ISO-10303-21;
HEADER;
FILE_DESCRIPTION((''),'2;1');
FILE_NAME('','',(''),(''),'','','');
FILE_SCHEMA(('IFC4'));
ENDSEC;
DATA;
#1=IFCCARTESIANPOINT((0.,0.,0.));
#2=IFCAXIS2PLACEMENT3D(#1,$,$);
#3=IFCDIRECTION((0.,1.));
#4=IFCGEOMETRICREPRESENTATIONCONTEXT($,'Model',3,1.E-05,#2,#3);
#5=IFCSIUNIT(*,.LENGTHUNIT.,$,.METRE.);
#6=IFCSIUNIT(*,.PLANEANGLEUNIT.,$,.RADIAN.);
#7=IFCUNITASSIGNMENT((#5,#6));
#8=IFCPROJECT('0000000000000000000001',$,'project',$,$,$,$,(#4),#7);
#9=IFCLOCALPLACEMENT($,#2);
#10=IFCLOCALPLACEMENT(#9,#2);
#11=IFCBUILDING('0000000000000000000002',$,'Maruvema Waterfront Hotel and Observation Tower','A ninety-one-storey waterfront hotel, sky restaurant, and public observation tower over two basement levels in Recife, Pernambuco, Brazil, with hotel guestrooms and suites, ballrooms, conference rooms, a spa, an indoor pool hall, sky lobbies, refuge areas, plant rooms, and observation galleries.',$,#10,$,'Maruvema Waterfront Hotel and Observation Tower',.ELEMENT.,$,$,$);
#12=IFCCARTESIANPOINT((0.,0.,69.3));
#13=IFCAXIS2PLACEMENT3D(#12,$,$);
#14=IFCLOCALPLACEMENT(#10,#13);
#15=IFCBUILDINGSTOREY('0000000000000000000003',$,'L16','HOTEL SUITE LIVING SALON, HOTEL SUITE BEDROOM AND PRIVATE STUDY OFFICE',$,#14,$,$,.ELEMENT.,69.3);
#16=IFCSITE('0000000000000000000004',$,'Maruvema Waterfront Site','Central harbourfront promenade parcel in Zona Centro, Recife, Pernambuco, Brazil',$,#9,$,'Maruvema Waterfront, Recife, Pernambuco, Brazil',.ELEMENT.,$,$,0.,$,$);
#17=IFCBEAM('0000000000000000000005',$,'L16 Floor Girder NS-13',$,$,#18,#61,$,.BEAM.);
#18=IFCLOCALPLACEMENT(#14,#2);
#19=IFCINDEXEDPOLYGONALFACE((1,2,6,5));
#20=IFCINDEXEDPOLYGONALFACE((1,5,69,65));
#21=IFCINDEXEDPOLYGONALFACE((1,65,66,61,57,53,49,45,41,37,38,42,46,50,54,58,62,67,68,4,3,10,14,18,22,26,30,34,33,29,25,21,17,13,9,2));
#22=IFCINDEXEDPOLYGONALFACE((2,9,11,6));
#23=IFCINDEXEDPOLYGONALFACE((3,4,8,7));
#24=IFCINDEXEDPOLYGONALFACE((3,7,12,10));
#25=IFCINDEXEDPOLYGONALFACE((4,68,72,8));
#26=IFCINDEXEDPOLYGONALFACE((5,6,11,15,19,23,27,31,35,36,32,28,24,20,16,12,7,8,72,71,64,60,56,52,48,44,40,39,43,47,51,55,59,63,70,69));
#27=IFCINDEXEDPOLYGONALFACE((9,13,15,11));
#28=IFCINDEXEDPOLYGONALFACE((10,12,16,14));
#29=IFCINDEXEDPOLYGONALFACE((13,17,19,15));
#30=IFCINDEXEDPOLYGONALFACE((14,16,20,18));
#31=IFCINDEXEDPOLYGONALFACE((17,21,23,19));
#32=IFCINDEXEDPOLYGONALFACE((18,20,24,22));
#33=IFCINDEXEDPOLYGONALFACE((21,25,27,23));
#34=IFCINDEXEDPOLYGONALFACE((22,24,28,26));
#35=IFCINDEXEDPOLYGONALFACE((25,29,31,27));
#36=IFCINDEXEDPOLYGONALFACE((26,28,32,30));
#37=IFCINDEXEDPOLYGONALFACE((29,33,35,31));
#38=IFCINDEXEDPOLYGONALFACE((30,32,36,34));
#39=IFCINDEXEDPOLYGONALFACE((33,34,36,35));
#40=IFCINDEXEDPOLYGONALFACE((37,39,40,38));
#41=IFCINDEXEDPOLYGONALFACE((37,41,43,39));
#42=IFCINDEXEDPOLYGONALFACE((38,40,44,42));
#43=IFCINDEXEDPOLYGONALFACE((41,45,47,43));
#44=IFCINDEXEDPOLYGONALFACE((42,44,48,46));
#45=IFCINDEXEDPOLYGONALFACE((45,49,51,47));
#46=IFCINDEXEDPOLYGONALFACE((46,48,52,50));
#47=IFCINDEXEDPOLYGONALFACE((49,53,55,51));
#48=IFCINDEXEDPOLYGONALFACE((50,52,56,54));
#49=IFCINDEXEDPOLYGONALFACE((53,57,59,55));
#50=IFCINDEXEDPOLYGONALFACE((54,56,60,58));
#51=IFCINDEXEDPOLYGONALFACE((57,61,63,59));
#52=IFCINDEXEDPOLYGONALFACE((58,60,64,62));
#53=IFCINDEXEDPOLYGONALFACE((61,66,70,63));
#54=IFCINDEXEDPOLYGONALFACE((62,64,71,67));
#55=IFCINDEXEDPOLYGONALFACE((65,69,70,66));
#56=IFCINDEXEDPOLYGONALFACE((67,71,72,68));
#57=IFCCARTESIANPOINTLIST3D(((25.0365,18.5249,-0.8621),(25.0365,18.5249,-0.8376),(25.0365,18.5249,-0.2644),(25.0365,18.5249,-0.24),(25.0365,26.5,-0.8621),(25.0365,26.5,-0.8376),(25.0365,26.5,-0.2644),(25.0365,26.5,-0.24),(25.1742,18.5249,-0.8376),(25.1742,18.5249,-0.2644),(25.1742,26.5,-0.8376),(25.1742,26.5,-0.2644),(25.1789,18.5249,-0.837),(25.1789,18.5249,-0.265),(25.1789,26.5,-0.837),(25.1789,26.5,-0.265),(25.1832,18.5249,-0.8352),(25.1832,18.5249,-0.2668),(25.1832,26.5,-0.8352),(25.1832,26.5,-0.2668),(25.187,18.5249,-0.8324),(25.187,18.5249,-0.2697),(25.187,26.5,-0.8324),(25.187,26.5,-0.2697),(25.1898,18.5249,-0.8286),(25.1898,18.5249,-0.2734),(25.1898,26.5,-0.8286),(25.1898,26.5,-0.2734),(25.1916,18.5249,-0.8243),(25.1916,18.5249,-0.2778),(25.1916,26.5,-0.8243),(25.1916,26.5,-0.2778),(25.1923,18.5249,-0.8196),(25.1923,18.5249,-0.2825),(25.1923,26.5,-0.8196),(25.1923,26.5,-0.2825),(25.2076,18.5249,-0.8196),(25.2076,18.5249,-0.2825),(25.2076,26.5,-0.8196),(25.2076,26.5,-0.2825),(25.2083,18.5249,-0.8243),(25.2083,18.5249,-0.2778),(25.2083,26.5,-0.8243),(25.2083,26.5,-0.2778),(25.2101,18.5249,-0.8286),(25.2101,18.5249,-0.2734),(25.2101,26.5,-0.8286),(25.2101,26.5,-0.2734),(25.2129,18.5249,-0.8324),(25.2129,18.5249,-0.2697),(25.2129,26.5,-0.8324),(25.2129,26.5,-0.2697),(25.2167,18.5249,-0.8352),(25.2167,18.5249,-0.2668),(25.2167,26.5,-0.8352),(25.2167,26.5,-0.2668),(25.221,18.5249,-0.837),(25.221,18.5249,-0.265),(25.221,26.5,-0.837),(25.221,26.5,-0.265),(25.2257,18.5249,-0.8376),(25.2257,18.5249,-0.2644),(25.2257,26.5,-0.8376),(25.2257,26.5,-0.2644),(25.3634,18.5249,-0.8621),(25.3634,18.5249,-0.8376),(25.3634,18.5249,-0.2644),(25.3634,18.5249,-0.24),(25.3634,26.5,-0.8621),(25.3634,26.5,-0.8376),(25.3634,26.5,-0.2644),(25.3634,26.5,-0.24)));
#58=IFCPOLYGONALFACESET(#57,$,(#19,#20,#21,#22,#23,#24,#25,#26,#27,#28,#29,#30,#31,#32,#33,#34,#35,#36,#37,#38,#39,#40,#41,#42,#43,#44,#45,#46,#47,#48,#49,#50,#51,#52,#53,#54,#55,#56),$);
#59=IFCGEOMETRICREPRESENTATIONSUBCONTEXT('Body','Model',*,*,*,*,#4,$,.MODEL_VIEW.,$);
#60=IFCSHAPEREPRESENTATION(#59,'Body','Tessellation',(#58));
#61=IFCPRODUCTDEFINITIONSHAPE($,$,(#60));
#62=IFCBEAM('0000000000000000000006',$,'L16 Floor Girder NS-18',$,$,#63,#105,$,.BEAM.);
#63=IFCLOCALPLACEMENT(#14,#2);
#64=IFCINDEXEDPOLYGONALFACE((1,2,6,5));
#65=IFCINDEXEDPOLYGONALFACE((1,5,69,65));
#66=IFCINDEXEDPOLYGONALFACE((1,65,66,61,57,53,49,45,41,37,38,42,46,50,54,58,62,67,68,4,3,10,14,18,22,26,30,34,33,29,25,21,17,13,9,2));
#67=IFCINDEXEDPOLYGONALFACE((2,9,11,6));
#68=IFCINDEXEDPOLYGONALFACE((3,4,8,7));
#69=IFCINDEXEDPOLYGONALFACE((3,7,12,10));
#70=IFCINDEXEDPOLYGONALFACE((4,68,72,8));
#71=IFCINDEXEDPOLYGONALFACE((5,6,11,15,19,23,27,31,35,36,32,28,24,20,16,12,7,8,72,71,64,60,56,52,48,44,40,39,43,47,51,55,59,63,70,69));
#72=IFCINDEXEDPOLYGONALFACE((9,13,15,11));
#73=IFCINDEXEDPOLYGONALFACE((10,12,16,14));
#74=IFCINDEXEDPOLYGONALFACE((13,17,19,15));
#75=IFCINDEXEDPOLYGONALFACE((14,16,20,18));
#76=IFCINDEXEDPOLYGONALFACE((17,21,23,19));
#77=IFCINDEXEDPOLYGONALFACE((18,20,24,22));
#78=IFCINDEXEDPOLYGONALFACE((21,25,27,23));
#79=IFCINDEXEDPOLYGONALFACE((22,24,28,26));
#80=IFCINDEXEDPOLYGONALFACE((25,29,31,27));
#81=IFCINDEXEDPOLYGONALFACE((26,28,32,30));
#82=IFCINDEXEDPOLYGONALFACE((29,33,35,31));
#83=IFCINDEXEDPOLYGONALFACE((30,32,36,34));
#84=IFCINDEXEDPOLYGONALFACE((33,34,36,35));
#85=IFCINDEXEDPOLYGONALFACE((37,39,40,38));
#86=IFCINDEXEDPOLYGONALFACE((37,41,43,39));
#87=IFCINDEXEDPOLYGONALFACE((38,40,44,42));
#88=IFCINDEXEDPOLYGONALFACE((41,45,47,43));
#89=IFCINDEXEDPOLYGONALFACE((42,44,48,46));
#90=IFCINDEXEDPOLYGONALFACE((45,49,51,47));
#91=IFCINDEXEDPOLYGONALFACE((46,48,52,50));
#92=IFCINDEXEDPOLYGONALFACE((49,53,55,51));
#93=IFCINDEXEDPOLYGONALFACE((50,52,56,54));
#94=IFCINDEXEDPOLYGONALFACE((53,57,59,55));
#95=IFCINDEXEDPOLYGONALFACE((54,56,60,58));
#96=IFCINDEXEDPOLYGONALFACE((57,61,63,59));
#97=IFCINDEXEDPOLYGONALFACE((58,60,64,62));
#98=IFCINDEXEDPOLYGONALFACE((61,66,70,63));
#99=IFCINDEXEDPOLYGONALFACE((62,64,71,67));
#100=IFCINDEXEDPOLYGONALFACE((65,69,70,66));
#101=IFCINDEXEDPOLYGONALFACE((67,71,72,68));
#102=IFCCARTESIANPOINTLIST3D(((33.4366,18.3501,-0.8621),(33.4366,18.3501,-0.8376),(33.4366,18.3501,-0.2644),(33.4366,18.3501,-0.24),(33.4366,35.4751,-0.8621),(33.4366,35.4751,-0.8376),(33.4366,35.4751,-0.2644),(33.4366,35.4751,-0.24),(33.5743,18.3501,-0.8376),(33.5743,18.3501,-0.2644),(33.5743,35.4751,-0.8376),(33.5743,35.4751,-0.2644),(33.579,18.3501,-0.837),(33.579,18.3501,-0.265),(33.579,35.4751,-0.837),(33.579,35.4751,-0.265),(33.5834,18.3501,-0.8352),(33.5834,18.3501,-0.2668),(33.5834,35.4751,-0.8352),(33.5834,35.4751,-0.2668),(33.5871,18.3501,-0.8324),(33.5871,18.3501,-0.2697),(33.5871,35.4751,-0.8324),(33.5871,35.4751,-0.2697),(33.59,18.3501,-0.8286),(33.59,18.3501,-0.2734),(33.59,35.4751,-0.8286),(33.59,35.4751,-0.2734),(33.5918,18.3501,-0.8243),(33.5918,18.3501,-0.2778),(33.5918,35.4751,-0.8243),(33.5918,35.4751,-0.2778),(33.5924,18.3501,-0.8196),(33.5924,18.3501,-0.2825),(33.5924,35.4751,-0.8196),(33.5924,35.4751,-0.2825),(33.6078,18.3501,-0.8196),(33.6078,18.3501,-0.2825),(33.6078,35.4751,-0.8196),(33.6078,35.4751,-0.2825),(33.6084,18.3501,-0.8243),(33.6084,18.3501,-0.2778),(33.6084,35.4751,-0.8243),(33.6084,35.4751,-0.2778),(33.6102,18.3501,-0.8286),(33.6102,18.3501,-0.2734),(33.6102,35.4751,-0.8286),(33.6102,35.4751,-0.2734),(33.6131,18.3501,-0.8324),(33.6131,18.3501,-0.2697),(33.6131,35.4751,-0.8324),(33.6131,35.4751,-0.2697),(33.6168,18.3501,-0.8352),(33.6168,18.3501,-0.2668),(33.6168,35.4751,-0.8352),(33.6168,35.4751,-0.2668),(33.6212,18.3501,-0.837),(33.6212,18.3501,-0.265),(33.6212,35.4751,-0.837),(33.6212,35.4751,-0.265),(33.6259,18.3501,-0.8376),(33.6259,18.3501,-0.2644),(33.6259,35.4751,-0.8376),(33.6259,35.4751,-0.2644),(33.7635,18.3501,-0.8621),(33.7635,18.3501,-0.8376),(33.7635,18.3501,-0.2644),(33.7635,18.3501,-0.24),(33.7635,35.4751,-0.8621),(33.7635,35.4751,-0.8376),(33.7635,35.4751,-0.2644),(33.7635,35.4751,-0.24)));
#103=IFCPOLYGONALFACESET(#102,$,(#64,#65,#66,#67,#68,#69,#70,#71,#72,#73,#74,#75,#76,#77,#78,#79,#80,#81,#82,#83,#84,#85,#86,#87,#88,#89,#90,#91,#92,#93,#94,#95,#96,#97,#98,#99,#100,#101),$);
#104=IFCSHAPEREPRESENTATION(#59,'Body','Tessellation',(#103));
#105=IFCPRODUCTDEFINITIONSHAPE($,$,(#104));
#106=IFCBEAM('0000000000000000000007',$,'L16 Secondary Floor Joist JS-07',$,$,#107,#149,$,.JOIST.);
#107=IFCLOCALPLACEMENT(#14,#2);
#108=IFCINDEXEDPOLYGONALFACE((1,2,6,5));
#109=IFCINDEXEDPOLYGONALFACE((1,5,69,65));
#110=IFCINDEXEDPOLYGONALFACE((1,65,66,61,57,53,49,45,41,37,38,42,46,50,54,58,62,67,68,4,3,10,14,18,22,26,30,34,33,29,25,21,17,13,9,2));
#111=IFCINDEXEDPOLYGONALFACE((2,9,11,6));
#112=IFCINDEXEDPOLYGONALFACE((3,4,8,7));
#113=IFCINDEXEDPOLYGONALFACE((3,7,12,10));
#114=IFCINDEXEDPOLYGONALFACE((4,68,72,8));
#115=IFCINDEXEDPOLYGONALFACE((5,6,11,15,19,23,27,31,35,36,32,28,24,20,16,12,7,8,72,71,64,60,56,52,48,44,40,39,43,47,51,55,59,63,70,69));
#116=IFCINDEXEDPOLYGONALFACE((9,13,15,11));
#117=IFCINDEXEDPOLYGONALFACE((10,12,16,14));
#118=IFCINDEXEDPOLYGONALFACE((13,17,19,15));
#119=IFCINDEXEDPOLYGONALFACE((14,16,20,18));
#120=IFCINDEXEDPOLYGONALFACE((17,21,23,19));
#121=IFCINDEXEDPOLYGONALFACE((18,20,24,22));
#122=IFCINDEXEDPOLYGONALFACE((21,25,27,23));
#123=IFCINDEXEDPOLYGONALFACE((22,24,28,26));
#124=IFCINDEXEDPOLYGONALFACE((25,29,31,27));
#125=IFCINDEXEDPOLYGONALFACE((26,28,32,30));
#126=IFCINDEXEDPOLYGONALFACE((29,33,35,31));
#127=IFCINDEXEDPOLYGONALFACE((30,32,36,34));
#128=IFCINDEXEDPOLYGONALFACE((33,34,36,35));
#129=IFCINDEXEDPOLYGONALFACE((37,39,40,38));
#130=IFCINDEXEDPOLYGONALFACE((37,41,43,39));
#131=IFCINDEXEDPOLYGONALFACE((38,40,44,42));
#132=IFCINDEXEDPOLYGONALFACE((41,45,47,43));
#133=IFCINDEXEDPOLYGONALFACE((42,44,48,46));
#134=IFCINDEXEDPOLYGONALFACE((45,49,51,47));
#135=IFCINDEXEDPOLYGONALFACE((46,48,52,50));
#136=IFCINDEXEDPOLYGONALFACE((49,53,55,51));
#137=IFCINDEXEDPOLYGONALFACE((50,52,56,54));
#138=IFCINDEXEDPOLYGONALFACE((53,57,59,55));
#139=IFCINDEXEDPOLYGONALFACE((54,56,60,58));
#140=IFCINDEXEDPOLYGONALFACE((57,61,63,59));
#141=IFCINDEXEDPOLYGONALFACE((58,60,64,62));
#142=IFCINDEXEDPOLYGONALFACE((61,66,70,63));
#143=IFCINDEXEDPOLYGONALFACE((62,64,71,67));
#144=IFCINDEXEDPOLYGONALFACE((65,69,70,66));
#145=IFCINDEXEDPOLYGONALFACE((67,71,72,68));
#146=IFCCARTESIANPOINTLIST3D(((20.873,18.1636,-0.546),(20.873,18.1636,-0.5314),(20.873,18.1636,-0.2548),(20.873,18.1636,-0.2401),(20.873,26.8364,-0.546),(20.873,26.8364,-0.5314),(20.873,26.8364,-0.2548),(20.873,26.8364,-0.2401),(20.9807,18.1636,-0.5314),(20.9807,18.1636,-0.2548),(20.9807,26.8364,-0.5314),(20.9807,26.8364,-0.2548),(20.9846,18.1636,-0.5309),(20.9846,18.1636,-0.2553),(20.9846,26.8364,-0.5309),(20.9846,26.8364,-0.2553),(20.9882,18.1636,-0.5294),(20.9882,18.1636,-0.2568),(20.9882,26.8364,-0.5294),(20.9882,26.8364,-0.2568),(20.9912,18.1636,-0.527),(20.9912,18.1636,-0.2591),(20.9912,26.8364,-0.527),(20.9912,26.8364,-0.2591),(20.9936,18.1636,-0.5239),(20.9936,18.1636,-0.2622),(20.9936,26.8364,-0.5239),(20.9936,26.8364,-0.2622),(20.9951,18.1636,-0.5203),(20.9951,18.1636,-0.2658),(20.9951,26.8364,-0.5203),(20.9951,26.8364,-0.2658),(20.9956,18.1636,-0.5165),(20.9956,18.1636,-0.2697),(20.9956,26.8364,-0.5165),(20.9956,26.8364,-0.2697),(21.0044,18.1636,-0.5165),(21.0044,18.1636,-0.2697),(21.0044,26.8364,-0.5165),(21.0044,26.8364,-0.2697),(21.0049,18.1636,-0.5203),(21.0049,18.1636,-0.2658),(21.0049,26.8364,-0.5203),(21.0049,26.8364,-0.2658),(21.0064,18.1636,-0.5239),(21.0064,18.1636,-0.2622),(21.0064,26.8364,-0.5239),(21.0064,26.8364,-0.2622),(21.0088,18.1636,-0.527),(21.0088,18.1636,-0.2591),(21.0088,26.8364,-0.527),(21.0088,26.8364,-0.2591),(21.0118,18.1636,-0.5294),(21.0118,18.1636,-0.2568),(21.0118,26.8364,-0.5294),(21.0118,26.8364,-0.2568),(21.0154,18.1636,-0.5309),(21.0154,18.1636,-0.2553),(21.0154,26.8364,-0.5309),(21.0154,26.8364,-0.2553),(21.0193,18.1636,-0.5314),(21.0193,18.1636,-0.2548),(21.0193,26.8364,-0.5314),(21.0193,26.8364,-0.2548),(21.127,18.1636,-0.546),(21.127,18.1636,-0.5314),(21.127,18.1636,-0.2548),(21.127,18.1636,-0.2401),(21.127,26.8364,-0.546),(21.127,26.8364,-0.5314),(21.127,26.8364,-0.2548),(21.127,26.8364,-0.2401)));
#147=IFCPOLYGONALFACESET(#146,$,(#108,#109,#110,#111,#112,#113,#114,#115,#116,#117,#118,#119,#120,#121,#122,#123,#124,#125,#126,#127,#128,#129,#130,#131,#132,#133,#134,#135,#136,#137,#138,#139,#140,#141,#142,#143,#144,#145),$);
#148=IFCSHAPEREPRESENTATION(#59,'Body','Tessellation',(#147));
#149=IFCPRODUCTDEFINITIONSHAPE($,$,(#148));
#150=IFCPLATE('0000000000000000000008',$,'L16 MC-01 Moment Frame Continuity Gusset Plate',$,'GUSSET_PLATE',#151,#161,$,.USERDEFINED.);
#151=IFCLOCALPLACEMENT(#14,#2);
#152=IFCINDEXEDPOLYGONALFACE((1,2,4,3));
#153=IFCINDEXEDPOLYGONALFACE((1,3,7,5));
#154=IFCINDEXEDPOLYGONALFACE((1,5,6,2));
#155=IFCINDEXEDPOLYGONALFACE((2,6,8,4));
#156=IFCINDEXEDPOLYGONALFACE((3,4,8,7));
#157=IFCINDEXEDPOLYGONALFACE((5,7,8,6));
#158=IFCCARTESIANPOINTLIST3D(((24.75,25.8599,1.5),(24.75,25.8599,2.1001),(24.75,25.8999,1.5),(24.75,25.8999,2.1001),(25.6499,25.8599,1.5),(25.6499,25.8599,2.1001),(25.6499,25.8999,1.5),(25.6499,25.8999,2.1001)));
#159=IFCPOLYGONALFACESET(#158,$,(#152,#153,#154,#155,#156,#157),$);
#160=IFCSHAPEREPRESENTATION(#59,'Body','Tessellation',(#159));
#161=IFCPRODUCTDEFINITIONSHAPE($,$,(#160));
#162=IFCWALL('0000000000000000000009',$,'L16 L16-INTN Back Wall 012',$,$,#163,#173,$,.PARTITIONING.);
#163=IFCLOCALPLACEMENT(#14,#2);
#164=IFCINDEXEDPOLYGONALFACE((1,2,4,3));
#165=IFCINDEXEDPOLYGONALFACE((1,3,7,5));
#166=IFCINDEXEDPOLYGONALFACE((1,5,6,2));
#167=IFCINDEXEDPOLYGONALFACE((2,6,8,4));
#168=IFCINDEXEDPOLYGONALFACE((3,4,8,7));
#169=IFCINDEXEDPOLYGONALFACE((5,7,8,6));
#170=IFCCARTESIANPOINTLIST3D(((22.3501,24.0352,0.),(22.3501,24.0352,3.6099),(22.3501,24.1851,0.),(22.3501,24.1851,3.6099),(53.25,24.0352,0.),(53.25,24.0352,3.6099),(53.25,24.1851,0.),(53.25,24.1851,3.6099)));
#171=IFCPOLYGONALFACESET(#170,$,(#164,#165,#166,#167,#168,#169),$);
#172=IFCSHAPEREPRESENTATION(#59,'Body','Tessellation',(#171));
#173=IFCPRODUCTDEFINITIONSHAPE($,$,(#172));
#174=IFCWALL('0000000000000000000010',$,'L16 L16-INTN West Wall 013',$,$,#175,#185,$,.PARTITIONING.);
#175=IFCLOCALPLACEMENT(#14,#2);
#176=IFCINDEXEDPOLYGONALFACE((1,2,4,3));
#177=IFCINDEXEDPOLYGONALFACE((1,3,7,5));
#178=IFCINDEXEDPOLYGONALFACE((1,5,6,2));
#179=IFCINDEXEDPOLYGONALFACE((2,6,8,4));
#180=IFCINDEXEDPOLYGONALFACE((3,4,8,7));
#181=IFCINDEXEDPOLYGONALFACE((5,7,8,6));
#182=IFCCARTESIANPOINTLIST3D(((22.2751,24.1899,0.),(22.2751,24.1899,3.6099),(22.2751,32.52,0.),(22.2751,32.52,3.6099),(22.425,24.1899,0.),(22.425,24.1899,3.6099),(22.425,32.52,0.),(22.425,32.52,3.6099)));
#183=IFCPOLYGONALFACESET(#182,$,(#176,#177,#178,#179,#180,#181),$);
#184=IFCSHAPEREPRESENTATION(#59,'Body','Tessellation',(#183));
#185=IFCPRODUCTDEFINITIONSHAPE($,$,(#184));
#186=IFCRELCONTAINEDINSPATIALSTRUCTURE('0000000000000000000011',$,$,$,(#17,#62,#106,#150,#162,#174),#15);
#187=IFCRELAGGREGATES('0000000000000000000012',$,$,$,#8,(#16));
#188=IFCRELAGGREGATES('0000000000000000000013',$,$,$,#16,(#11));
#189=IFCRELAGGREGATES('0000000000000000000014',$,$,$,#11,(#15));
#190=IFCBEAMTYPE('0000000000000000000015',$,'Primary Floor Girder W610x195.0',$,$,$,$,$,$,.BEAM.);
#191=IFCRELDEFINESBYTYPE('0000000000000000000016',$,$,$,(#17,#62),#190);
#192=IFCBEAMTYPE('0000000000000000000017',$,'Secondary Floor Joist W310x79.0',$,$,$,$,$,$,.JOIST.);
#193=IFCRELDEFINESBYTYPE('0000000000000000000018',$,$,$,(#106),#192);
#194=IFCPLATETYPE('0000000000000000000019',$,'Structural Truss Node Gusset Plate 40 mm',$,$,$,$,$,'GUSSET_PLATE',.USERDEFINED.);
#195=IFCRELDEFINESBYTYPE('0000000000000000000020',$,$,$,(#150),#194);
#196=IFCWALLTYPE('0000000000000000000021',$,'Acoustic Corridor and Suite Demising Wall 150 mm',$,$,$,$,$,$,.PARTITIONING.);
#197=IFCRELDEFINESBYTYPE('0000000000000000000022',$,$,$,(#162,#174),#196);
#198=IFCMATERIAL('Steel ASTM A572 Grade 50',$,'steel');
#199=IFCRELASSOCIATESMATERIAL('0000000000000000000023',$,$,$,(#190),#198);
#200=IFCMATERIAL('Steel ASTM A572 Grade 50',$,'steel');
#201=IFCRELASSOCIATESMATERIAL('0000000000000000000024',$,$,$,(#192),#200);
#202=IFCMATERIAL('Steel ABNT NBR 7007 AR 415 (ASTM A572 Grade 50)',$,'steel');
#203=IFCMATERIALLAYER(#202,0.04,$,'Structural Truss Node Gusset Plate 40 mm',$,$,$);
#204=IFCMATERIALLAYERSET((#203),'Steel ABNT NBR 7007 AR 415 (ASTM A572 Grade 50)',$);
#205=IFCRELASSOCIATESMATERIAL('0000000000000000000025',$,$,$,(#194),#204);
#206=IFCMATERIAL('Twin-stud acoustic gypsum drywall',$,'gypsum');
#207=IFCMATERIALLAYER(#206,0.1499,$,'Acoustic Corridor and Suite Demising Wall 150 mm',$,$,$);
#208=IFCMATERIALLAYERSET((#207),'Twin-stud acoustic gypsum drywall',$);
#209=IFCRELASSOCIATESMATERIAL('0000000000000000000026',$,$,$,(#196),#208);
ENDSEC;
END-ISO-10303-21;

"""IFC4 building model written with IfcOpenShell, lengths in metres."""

from ifc_helpers import new_model, si_unit, direction, frame, frame_2d, origin, origin_2d, place, context, subcontext, project, spatial, rectangle, i_section, extrude, material, layer, layer_set, material_profile, profile_set, type_object, element, save


model = new_model("IFC4")

# Units and contexts
model_context = context("Model", 3, precision=1e-05, world=origin(), true_north=direction((0.0, 1.0)))
body_context = subcontext(model_context, "Body", "Model", "MODEL_VIEW")
ifc_project = project(units=[si_unit("LENGTHUNIT", "METRE"), si_unit("PLANEANGLEUNIT", "RADIAN")], contexts=[model_context])

# Site, building, storey
site_placement = place(None, origin())
site = spatial("IfcSite", under=ifc_project, at=site_placement, Name="Maruvema Waterfront Site", Description="Central harbourfront promenade parcel in Zona Centro, Recife, Pernambuco, Brazil", LongName="Maruvema Waterfront, Recife, Pernambuco, Brazil", CompositionType="ELEMENT", RefElevation=0.0)
building_placement = place(site_placement, origin())
building = spatial("IfcBuilding", under=site, at=building_placement, Name="Maruvema Waterfront Hotel and Observation Tower", Description="A ninety-one-storey waterfront hotel, sky restaurant, and public observation tower over two basement levels in Recife, Pernambuco, Brazil, with hotel guestrooms and suites, ballrooms, conference rooms, a spa, an indoor pool hall, sky lobbies, refuge areas, plant rooms, and observation galleries.", LongName="Maruvema Waterfront Hotel and Observation Tower", CompositionType="ELEMENT")
storey_placement = place(building_placement, frame((0.0, 0.0, 69.3)))
storey = spatial("IfcBuildingStorey", under=building, at=storey_placement, Name="L16", Description="HOTEL SUITE LIVING SALON, HOTEL SUITE BEDROOM AND PRIVATE STUDY OFFICE", CompositionType="ELEMENT", Elevation=69.3)

# Beams
ifc_material_1 = material(Name="Steel ASTM A572 Grade 50", Category="steel")
ifc_material_profile_1 = material_profile(ifc_material_1, i_section(OverallWidth=0.3269, OverallDepth=0.6221, WebThickness=0.0154, FlangeThickness=0.0244, FilletRadius=0.0181, at=origin_2d()), Name="W610x195.0")
ifc_profile_set_1 = profile_set([ifc_material_profile_1], Name="Steel ASTM A572 Grade 50")
beam_type_1 = type_object("IfcBeamType", Name="Primary Floor Girder W610x195.0", PredefinedType="BEAM", material=ifc_profile_set_1)
beam_1_placement = place(storey_placement, frame((25.2, 18.5249, -0.551), z_axis=(0.0, 1.0, 0.0), x_axis=(-1.0, 0.0, 0.0)))
element("IfcBeam", 1, at=beam_1_placement, inside=storey, type_object=beam_type_1, Name="L16 Floor Girder NS-13", PredefinedType="BEAM", context=body_context, shape_type="SweptSolid", body=[
    extrude(i_section(OverallWidth=0.3269, OverallDepth=0.6221, WebThickness=0.0154, FlangeThickness=0.0244, FilletRadius=0.0181, at=origin_2d()), origin(), (0.0, 0.0, 1.0), 7.9751),
])
beam_2_placement = place(storey_placement, frame((33.6001, 18.3501, -0.551), z_axis=(0.0, 1.0, 0.0), x_axis=(-1.0, 0.0, 0.0)))
element("IfcBeam", 2, at=beam_2_placement, inside=storey, type_object=beam_type_1, Name="L16 Floor Girder NS-18", PredefinedType="BEAM", context=body_context, shape_type="SweptSolid", body=[
    extrude(i_section(OverallWidth=0.3269, OverallDepth=0.6221, WebThickness=0.0154, FlangeThickness=0.0244, FilletRadius=0.0181, at=origin_2d()), origin(), (0.0, 0.0, 1.0), 17.125),
])
ifc_material_2 = material(Name="Steel ASTM A572 Grade 50", Category="steel")
ifc_material_profile_2 = material_profile(ifc_material_2, i_section(OverallWidth=0.2539, OverallDepth=0.3059, WebThickness=0.0088, FlangeThickness=0.0146, FilletRadius=0.0149, at=origin_2d()), Name="W310x79.0")
ifc_profile_set_2 = profile_set([ifc_material_profile_2], Name="Steel ASTM A572 Grade 50")
beam_type_2 = type_object("IfcBeamType", Name="Secondary Floor Joist W310x79.0", PredefinedType="JOIST", material=ifc_profile_set_2)
beam_3_placement = place(storey_placement, frame((21.0, 18.1636, -0.3931), z_axis=(0.0, 1.0, 0.0), x_axis=(-1.0, 0.0, 0.0)))
element("IfcBeam", 3, at=beam_3_placement, inside=storey, type_object=beam_type_2, Name="L16 Secondary Floor Joist JS-07", PredefinedType="JOIST", context=body_context, shape_type="SweptSolid", body=[
    extrude(i_section(OverallWidth=0.2539, OverallDepth=0.3059, WebThickness=0.0088, FlangeThickness=0.0146, FilletRadius=0.0149, at=origin_2d()), origin(), (0.0, 0.0, 1.0), 8.6729),
])

# Plate
ifc_material_3 = material(Name="Steel ABNT NBR 7007 AR 415 (ASTM A572 Grade 50)", Category="steel")
ifc_layer_1 = layer(ifc_material_3, 0.04, Name="Structural Truss Node Gusset Plate 40 mm")
ifc_layer_set_1 = layer_set([ifc_layer_1], Name="Steel ABNT NBR 7007 AR 415 (ASTM A572 Grade 50)")
plate_type = type_object("IfcPlateType", Name="Structural Truss Node Gusset Plate 40 mm", ElementType="GUSSET_PLATE", PredefinedType="USERDEFINED", material=ifc_layer_set_1)
plate_placement = place(storey_placement, frame((25.2, 25.8799, 1.5), z_axis=(0.0, 0.0, 1.0), x_axis=(1.0, 0.0, 0.0)))
element("IfcPlate", 4, at=plate_placement, inside=storey, type_object=plate_type, Name="L16 MC-01 Moment Frame Continuity Gusset Plate", ObjectType="GUSSET_PLATE", PredefinedType="USERDEFINED", context=body_context, shape_type="SweptSolid", body=[
    extrude(rectangle(XDim=0.8999, YDim=0.04, at=origin_2d()), origin(), (0.0, 0.0, 1.0), 0.6001),
])

# Walls
ifc_material_4 = material(Name="Twin-stud acoustic gypsum drywall", Category="gypsum")
ifc_layer_2 = layer(ifc_material_4, 0.1499, Name="Acoustic Corridor and Suite Demising Wall 150 mm")
ifc_layer_set_2 = layer_set([ifc_layer_2], Name="Twin-stud acoustic gypsum drywall")
wall_type_1 = type_object("IfcWallType", Name="Acoustic Corridor and Suite Demising Wall 150 mm", PredefinedType="PARTITIONING", material=ifc_layer_set_2)
wall_1_placement = place(storey_placement, frame((22.3501, 24.1101, 0.0), z_axis=(0.0, 0.0, 1.0), x_axis=(1.0, 0.0, 0.0)))
element("IfcWall", 5, at=wall_1_placement, inside=storey, type_object=wall_type_1, Name="L16 L16-INTN Back Wall 012", PredefinedType="PARTITIONING", context=body_context, shape_type="SweptSolid", body=[
    extrude(rectangle(XDim=30.8999, YDim=0.1499, at=frame_2d((15.45, 0.0))), origin(), (0.0, 0.0, 1.0), 3.6099),
])
wall_2_placement = place(storey_placement, frame((22.3501, 24.1899, 0.0), z_axis=(0.0, 0.0, 1.0), x_axis=(0.0, 1.0, 0.0)))
element("IfcWall", 6, at=wall_2_placement, inside=storey, type_object=wall_type_1, Name="L16 L16-INTN West Wall 013", PredefinedType="PARTITIONING", context=body_context, shape_type="SweptSolid", body=[
    extrude(rectangle(XDim=8.3301, YDim=0.1499, at=frame_2d((4.165, 0.0))), origin(), (0.0, 0.0, 1.0), 3.6099),
])

save(model, "model.ifc")
